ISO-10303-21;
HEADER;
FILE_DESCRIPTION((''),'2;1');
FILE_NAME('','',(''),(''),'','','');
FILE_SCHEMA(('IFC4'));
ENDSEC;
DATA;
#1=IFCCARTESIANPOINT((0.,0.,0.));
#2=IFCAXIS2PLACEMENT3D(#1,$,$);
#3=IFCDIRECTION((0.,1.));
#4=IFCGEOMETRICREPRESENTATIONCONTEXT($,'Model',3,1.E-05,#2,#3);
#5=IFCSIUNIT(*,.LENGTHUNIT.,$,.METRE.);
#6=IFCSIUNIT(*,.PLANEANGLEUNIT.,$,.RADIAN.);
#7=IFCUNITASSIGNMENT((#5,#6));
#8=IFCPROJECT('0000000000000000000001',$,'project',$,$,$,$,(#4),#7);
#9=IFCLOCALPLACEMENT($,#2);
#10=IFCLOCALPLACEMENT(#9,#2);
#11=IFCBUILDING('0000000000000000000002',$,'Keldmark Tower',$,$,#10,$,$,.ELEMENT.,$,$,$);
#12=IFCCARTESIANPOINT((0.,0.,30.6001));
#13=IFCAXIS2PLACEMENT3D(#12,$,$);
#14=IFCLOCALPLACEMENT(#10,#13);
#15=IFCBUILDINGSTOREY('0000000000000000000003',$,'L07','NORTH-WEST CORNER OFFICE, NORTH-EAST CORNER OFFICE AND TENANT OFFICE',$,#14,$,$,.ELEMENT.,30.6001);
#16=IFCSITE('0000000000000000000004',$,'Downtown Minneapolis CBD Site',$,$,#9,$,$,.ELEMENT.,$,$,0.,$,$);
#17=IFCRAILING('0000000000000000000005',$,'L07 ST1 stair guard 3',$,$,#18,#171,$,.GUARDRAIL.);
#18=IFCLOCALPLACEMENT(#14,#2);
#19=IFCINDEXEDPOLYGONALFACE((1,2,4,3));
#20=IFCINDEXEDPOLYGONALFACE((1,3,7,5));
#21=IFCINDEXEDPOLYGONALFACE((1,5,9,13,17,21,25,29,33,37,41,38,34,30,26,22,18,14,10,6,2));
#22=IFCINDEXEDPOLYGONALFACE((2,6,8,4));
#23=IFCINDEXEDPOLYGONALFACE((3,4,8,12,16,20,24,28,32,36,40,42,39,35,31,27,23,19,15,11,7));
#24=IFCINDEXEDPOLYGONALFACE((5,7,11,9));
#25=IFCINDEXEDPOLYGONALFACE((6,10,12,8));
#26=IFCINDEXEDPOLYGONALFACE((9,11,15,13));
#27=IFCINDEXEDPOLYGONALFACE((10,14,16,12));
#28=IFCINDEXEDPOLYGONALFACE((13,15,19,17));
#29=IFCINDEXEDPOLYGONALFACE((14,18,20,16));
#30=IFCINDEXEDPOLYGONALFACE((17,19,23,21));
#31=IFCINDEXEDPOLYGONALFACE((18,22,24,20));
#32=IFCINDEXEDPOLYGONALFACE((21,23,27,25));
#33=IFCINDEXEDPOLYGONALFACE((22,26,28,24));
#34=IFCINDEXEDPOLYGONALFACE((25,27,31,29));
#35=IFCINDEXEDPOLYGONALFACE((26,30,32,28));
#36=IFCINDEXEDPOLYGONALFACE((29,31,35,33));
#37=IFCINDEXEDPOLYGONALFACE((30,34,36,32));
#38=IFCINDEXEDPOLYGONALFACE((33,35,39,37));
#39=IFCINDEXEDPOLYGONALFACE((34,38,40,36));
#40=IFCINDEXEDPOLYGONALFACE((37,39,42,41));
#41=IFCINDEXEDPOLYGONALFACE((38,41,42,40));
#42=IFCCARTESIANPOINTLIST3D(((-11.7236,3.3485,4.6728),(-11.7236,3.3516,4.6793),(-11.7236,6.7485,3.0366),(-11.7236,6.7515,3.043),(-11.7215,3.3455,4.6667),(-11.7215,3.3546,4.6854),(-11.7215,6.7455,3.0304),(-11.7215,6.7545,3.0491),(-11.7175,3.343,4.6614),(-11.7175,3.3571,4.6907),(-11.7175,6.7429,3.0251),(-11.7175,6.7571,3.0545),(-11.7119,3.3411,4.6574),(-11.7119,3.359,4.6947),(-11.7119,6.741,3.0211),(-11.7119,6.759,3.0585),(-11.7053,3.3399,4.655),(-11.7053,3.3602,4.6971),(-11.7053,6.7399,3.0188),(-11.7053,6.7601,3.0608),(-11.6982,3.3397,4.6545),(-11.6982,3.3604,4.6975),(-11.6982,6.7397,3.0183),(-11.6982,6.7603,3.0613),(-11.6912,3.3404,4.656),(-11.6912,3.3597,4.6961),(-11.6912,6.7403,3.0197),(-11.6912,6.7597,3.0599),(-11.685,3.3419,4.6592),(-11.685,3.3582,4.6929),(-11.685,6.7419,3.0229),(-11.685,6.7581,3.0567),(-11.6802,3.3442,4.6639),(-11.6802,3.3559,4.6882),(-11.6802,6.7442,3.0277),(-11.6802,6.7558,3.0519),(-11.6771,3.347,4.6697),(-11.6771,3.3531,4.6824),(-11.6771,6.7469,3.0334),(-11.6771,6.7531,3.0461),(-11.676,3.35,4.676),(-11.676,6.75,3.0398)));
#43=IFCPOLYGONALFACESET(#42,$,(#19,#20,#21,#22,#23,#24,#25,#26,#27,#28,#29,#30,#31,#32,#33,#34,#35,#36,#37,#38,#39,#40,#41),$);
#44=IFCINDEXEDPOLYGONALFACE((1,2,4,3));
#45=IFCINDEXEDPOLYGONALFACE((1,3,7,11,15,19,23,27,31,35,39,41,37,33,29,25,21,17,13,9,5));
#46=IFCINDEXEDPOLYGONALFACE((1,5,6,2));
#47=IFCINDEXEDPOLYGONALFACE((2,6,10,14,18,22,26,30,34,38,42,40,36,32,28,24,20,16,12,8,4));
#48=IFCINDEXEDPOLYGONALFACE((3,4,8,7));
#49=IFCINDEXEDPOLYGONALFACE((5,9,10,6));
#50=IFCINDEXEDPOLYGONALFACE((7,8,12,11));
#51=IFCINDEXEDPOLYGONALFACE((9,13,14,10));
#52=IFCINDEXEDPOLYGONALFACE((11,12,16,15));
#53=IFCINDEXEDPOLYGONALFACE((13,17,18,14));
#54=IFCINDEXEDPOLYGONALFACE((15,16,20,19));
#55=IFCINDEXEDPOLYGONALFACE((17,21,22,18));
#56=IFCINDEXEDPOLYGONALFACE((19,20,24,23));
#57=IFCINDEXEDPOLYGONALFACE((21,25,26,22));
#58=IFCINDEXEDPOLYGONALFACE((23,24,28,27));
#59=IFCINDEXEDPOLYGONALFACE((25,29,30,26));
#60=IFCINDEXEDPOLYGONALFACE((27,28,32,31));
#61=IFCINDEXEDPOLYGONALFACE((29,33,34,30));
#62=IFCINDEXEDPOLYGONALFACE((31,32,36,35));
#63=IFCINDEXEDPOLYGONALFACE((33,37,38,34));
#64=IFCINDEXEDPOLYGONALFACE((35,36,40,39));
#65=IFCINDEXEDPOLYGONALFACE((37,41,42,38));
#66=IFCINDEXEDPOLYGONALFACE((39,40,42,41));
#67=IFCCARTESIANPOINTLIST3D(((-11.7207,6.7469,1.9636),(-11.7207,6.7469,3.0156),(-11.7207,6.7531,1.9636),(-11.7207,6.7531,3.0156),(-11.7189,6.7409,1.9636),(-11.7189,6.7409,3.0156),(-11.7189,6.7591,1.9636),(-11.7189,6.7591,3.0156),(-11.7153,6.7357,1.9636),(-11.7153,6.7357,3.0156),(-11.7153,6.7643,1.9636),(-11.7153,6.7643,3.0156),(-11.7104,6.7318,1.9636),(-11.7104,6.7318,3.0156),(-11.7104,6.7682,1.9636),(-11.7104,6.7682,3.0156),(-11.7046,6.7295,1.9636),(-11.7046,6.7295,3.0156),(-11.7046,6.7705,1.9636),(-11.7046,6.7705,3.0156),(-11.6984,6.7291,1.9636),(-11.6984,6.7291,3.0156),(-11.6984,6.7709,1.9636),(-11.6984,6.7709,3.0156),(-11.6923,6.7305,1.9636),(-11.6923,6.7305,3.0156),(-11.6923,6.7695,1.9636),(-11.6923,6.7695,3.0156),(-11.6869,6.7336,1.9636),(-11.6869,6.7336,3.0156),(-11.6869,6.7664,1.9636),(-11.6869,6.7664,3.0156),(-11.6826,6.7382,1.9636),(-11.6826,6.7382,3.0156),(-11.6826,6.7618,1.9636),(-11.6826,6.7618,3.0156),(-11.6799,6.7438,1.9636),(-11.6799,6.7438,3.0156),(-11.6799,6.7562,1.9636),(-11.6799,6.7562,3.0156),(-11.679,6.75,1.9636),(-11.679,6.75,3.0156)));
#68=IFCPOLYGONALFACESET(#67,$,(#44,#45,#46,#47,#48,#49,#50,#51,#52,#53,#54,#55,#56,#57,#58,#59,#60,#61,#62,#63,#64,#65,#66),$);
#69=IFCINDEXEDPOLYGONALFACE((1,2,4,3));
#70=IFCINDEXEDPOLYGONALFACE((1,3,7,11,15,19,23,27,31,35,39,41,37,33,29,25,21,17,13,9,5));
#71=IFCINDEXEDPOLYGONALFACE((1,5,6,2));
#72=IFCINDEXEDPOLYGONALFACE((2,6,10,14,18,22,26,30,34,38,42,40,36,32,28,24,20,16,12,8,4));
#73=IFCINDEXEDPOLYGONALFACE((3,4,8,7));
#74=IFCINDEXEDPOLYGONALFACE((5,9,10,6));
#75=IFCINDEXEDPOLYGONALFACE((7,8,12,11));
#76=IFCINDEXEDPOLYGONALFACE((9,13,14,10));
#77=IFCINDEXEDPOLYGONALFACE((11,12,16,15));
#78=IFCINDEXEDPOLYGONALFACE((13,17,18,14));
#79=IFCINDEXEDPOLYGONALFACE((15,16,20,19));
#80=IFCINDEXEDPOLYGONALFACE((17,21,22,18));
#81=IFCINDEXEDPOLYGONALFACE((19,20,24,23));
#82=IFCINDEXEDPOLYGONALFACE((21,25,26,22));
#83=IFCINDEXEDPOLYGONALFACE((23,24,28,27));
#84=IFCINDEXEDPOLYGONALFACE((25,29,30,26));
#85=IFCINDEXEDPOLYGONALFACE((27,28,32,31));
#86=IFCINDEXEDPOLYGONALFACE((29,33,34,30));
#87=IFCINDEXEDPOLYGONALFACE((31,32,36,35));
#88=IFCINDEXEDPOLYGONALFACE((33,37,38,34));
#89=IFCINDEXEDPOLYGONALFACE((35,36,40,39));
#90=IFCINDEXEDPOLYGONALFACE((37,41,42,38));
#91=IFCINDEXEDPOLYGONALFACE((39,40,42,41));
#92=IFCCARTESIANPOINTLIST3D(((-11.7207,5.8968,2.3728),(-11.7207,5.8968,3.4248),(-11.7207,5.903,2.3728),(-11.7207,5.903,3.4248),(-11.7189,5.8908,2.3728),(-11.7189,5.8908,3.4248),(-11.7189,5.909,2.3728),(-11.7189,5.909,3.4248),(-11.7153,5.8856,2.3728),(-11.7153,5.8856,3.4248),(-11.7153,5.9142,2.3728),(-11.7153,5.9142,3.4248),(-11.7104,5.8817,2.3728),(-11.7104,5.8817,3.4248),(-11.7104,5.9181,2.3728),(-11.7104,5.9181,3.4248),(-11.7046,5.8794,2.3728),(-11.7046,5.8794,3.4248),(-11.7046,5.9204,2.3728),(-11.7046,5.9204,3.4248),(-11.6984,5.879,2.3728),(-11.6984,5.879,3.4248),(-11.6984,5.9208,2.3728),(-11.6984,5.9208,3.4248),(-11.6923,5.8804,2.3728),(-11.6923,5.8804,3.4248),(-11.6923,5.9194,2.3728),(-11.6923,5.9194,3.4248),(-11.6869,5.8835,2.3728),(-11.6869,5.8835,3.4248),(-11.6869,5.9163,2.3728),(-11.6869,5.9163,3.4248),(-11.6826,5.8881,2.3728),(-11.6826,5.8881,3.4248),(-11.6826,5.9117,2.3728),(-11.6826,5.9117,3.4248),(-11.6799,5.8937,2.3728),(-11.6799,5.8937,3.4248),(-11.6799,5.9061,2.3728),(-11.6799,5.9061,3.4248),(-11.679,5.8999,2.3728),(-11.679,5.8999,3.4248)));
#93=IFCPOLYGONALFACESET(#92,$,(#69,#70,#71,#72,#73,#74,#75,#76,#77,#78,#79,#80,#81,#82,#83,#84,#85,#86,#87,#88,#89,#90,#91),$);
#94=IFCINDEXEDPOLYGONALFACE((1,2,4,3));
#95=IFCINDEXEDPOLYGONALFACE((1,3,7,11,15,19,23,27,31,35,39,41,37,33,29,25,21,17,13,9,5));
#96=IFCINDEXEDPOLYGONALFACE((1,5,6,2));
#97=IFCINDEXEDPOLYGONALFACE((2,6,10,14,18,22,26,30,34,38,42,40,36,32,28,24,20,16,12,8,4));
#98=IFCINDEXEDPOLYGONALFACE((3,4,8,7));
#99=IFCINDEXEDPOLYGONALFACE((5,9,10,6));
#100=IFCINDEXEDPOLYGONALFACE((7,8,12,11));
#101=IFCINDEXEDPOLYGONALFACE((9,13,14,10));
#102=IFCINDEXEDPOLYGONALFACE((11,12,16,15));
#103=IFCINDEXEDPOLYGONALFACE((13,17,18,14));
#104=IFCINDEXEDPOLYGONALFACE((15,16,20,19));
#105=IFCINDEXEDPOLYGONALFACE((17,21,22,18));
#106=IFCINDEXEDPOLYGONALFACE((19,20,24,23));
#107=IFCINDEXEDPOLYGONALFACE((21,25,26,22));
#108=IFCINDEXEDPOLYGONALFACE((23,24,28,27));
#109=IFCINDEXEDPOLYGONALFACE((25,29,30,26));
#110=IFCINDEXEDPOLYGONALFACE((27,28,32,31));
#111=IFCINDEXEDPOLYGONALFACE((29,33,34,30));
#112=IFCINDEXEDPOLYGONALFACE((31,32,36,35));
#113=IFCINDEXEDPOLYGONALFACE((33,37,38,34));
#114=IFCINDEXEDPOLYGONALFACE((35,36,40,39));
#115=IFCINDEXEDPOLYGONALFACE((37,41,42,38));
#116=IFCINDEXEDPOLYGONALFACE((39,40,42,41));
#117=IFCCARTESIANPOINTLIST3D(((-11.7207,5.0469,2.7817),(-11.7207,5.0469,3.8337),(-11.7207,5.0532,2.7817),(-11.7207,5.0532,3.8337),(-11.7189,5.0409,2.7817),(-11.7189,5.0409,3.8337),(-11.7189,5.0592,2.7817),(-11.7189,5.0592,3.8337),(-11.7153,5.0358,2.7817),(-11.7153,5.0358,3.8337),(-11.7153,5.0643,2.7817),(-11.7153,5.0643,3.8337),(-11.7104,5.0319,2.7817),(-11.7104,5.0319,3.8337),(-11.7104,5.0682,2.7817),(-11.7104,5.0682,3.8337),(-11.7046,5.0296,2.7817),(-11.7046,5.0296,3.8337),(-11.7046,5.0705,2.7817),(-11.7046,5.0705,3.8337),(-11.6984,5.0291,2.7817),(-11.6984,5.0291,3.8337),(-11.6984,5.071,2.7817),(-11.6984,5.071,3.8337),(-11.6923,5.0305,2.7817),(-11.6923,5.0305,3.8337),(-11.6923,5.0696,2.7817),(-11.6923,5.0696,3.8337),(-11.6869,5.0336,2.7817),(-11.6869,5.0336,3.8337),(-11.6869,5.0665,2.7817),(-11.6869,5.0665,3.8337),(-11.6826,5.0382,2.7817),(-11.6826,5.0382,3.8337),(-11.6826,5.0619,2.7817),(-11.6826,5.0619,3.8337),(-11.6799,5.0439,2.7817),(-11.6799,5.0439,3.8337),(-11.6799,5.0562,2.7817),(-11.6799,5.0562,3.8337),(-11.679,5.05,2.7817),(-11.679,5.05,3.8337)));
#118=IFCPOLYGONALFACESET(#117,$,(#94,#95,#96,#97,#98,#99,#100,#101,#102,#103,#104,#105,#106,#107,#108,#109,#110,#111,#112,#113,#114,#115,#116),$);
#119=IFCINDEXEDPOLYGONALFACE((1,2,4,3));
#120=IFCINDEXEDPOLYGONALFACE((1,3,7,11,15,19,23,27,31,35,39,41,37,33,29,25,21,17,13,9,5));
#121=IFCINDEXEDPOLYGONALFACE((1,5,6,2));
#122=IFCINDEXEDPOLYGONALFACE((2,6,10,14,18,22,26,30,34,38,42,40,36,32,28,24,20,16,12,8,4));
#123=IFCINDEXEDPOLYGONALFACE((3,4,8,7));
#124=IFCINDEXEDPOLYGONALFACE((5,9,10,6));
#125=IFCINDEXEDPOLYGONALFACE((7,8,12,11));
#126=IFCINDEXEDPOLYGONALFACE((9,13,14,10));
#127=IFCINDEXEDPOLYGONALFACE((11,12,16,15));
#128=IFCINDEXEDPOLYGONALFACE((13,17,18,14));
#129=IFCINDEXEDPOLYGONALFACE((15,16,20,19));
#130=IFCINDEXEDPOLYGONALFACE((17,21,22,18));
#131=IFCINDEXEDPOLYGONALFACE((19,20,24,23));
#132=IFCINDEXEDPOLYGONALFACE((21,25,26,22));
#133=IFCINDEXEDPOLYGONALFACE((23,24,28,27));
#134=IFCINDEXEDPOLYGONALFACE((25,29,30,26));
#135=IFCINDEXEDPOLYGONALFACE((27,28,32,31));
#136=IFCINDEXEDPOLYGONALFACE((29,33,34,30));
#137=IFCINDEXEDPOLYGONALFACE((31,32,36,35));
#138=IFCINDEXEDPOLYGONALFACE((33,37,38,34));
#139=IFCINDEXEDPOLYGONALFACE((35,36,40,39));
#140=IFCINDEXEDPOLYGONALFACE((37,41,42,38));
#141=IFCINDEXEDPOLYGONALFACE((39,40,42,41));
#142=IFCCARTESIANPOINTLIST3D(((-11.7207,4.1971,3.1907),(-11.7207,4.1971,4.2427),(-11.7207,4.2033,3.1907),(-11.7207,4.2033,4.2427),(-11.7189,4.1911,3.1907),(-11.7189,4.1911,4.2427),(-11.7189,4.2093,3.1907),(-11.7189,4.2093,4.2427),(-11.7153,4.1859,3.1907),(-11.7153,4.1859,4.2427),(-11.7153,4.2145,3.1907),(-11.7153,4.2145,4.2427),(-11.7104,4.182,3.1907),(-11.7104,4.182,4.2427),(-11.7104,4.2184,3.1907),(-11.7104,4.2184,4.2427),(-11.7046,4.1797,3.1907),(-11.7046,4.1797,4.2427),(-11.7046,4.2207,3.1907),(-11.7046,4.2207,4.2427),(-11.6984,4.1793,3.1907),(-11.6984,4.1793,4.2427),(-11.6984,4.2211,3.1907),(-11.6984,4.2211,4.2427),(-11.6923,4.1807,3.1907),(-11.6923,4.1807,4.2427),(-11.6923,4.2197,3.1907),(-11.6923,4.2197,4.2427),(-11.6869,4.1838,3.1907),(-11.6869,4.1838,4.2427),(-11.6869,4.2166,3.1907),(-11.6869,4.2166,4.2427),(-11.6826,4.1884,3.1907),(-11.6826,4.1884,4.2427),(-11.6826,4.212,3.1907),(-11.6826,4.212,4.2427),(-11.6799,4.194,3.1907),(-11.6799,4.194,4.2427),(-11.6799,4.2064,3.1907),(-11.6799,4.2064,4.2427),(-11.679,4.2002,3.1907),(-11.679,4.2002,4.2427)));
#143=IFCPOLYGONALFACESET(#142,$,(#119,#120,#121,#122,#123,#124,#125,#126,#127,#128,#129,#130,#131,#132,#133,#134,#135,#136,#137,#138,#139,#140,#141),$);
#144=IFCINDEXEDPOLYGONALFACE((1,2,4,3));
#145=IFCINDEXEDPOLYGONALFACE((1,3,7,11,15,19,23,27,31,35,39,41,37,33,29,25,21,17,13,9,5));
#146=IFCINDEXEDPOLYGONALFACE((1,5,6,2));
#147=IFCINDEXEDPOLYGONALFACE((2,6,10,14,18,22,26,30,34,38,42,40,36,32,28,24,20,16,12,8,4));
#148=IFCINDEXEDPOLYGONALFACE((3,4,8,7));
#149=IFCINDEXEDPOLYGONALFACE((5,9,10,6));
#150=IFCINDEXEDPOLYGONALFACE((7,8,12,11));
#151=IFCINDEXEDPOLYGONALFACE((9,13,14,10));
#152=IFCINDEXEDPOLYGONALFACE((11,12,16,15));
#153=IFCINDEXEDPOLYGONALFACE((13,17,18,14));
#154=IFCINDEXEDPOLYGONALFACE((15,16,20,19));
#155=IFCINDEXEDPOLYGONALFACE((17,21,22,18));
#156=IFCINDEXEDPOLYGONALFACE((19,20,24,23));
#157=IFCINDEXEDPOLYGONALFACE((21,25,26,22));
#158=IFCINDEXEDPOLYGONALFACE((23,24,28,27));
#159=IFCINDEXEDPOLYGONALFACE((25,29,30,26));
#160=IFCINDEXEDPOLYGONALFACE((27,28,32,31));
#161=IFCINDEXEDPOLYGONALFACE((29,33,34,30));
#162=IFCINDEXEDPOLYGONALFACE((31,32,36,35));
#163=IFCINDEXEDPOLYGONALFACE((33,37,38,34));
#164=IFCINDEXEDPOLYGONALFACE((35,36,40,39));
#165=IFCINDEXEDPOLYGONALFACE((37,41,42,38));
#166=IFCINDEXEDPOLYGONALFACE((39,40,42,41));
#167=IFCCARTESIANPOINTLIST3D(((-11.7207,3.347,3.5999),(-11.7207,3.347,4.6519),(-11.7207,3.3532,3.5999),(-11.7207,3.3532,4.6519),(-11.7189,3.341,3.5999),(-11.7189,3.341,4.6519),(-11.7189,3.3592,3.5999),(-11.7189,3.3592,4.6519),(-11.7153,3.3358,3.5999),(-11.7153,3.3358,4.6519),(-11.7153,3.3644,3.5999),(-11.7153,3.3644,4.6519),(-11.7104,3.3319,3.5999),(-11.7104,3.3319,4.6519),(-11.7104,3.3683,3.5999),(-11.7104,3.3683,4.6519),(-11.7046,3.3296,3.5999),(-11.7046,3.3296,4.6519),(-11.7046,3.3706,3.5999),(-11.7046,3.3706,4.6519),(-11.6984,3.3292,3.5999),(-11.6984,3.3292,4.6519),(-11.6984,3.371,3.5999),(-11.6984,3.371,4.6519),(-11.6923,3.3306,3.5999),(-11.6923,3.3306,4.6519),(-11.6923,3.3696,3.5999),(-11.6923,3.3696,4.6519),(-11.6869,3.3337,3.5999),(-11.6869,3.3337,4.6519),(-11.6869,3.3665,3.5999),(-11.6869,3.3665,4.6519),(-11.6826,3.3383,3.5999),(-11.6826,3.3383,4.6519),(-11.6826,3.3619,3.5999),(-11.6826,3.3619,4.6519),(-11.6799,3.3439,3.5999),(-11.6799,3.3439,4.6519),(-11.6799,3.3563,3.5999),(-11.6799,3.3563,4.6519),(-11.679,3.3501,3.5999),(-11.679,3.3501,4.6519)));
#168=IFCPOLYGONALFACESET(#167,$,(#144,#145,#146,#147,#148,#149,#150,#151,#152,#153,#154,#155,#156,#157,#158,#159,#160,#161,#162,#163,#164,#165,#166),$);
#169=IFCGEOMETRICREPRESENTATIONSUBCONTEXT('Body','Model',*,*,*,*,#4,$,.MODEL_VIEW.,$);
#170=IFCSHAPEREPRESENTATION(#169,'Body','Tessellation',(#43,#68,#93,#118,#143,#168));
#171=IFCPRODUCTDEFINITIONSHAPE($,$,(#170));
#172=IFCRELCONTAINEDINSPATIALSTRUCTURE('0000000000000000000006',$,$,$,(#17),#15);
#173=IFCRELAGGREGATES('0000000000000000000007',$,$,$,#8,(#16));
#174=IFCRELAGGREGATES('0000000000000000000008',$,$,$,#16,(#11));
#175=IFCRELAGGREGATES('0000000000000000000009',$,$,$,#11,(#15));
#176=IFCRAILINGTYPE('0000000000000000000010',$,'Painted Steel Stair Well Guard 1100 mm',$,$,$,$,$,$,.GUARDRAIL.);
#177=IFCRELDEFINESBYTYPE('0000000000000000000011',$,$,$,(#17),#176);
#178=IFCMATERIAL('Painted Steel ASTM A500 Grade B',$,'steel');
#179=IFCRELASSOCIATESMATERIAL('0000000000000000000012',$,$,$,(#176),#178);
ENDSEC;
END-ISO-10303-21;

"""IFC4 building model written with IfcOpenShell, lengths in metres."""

from ifc_helpers import new_model, si_unit, direction, frame, origin, origin_2d, place, context, subcontext, project, spatial, circle, extrude, material, type_object, element, save


model = new_model("IFC4")

# Units and contexts
model_context = context("Model", 3, precision=1e-05, world=origin(), true_north=direction((0.0, 1.0)))
body_context = subcontext(model_context, "Body", "Model", "MODEL_VIEW")
ifc_project = project(units=[si_unit("LENGTHUNIT", "METRE"), si_unit("PLANEANGLEUNIT", "RADIAN")], contexts=[model_context])

# Site, building, storey
site_placement = place(None, origin())
site = spatial("IfcSite", under=ifc_project, at=site_placement, Name="Downtown Minneapolis CBD Site", CompositionType="ELEMENT", RefElevation=0.0)
building_placement = place(site_placement, origin())
building = spatial("IfcBuilding", under=site, at=building_placement, Name="Keldmark Tower", CompositionType="ELEMENT")
storey_placement = place(building_placement, frame((0.0, 0.0, 30.6001)))
storey = spatial("IfcBuildingStorey", under=building, at=storey_placement, Name="L07", Description="NORTH-WEST CORNER OFFICE, NORTH-EAST CORNER OFFICE AND TENANT OFFICE", CompositionType="ELEMENT", Elevation=30.6001)

# Railing
ifc_material_1 = material(Name="Painted Steel ASTM A500 Grade B", Category="steel")
railing_type_1 = type_object("IfcRailingType", Name="Painted Steel Stair Well Guard 1100 mm", PredefinedType="GUARDRAIL", material=ifc_material_1)
railing_1_placement = place(storey_placement, frame((-11.7, 6.75, 1.9636)))
element("IfcRailing", 1, at=railing_1_placement, inside=storey, type_object=railing_type_1, Name="L07 ST1 stair guard 3", PredefinedType="GUARDRAIL", context=body_context, shape_type="SweptSolid", body=[
    extrude(circle(Radius=0.0239, at=origin_2d()), frame((0.0, 0.0, 1.0762), z_axis=(0.0, -0.90108, 0.433652), x_axis=(1.0, 0.0, 0.0)), (0.0, 0.0, 1.0), 3.7732),
    extrude(circle(Radius=0.021, at=origin_2d()), origin(), (0.0, 0.0, 1.0), 1.052),
    extrude(circle(Radius=0.021, at=origin_2d()), frame((0.0, -0.8501, 0.4092)), (0.0, 0.0, 1.0), 1.052),
    extrude(circle(Radius=0.021, at=origin_2d()), frame((0.0, -1.7, 0.8181)), (0.0, 0.0, 1.0), 1.052),
    extrude(circle(Radius=0.021, at=origin_2d()), frame((0.0, -2.5498, 1.2271)), (0.0, 0.0, 1.0), 1.052),
    extrude(circle(Radius=0.021, at=origin_2d()), frame((0.0, -3.3999, 1.6362)), (0.0, 0.0, 1.0), 1.052),
])

save(model, "model.ifc")
